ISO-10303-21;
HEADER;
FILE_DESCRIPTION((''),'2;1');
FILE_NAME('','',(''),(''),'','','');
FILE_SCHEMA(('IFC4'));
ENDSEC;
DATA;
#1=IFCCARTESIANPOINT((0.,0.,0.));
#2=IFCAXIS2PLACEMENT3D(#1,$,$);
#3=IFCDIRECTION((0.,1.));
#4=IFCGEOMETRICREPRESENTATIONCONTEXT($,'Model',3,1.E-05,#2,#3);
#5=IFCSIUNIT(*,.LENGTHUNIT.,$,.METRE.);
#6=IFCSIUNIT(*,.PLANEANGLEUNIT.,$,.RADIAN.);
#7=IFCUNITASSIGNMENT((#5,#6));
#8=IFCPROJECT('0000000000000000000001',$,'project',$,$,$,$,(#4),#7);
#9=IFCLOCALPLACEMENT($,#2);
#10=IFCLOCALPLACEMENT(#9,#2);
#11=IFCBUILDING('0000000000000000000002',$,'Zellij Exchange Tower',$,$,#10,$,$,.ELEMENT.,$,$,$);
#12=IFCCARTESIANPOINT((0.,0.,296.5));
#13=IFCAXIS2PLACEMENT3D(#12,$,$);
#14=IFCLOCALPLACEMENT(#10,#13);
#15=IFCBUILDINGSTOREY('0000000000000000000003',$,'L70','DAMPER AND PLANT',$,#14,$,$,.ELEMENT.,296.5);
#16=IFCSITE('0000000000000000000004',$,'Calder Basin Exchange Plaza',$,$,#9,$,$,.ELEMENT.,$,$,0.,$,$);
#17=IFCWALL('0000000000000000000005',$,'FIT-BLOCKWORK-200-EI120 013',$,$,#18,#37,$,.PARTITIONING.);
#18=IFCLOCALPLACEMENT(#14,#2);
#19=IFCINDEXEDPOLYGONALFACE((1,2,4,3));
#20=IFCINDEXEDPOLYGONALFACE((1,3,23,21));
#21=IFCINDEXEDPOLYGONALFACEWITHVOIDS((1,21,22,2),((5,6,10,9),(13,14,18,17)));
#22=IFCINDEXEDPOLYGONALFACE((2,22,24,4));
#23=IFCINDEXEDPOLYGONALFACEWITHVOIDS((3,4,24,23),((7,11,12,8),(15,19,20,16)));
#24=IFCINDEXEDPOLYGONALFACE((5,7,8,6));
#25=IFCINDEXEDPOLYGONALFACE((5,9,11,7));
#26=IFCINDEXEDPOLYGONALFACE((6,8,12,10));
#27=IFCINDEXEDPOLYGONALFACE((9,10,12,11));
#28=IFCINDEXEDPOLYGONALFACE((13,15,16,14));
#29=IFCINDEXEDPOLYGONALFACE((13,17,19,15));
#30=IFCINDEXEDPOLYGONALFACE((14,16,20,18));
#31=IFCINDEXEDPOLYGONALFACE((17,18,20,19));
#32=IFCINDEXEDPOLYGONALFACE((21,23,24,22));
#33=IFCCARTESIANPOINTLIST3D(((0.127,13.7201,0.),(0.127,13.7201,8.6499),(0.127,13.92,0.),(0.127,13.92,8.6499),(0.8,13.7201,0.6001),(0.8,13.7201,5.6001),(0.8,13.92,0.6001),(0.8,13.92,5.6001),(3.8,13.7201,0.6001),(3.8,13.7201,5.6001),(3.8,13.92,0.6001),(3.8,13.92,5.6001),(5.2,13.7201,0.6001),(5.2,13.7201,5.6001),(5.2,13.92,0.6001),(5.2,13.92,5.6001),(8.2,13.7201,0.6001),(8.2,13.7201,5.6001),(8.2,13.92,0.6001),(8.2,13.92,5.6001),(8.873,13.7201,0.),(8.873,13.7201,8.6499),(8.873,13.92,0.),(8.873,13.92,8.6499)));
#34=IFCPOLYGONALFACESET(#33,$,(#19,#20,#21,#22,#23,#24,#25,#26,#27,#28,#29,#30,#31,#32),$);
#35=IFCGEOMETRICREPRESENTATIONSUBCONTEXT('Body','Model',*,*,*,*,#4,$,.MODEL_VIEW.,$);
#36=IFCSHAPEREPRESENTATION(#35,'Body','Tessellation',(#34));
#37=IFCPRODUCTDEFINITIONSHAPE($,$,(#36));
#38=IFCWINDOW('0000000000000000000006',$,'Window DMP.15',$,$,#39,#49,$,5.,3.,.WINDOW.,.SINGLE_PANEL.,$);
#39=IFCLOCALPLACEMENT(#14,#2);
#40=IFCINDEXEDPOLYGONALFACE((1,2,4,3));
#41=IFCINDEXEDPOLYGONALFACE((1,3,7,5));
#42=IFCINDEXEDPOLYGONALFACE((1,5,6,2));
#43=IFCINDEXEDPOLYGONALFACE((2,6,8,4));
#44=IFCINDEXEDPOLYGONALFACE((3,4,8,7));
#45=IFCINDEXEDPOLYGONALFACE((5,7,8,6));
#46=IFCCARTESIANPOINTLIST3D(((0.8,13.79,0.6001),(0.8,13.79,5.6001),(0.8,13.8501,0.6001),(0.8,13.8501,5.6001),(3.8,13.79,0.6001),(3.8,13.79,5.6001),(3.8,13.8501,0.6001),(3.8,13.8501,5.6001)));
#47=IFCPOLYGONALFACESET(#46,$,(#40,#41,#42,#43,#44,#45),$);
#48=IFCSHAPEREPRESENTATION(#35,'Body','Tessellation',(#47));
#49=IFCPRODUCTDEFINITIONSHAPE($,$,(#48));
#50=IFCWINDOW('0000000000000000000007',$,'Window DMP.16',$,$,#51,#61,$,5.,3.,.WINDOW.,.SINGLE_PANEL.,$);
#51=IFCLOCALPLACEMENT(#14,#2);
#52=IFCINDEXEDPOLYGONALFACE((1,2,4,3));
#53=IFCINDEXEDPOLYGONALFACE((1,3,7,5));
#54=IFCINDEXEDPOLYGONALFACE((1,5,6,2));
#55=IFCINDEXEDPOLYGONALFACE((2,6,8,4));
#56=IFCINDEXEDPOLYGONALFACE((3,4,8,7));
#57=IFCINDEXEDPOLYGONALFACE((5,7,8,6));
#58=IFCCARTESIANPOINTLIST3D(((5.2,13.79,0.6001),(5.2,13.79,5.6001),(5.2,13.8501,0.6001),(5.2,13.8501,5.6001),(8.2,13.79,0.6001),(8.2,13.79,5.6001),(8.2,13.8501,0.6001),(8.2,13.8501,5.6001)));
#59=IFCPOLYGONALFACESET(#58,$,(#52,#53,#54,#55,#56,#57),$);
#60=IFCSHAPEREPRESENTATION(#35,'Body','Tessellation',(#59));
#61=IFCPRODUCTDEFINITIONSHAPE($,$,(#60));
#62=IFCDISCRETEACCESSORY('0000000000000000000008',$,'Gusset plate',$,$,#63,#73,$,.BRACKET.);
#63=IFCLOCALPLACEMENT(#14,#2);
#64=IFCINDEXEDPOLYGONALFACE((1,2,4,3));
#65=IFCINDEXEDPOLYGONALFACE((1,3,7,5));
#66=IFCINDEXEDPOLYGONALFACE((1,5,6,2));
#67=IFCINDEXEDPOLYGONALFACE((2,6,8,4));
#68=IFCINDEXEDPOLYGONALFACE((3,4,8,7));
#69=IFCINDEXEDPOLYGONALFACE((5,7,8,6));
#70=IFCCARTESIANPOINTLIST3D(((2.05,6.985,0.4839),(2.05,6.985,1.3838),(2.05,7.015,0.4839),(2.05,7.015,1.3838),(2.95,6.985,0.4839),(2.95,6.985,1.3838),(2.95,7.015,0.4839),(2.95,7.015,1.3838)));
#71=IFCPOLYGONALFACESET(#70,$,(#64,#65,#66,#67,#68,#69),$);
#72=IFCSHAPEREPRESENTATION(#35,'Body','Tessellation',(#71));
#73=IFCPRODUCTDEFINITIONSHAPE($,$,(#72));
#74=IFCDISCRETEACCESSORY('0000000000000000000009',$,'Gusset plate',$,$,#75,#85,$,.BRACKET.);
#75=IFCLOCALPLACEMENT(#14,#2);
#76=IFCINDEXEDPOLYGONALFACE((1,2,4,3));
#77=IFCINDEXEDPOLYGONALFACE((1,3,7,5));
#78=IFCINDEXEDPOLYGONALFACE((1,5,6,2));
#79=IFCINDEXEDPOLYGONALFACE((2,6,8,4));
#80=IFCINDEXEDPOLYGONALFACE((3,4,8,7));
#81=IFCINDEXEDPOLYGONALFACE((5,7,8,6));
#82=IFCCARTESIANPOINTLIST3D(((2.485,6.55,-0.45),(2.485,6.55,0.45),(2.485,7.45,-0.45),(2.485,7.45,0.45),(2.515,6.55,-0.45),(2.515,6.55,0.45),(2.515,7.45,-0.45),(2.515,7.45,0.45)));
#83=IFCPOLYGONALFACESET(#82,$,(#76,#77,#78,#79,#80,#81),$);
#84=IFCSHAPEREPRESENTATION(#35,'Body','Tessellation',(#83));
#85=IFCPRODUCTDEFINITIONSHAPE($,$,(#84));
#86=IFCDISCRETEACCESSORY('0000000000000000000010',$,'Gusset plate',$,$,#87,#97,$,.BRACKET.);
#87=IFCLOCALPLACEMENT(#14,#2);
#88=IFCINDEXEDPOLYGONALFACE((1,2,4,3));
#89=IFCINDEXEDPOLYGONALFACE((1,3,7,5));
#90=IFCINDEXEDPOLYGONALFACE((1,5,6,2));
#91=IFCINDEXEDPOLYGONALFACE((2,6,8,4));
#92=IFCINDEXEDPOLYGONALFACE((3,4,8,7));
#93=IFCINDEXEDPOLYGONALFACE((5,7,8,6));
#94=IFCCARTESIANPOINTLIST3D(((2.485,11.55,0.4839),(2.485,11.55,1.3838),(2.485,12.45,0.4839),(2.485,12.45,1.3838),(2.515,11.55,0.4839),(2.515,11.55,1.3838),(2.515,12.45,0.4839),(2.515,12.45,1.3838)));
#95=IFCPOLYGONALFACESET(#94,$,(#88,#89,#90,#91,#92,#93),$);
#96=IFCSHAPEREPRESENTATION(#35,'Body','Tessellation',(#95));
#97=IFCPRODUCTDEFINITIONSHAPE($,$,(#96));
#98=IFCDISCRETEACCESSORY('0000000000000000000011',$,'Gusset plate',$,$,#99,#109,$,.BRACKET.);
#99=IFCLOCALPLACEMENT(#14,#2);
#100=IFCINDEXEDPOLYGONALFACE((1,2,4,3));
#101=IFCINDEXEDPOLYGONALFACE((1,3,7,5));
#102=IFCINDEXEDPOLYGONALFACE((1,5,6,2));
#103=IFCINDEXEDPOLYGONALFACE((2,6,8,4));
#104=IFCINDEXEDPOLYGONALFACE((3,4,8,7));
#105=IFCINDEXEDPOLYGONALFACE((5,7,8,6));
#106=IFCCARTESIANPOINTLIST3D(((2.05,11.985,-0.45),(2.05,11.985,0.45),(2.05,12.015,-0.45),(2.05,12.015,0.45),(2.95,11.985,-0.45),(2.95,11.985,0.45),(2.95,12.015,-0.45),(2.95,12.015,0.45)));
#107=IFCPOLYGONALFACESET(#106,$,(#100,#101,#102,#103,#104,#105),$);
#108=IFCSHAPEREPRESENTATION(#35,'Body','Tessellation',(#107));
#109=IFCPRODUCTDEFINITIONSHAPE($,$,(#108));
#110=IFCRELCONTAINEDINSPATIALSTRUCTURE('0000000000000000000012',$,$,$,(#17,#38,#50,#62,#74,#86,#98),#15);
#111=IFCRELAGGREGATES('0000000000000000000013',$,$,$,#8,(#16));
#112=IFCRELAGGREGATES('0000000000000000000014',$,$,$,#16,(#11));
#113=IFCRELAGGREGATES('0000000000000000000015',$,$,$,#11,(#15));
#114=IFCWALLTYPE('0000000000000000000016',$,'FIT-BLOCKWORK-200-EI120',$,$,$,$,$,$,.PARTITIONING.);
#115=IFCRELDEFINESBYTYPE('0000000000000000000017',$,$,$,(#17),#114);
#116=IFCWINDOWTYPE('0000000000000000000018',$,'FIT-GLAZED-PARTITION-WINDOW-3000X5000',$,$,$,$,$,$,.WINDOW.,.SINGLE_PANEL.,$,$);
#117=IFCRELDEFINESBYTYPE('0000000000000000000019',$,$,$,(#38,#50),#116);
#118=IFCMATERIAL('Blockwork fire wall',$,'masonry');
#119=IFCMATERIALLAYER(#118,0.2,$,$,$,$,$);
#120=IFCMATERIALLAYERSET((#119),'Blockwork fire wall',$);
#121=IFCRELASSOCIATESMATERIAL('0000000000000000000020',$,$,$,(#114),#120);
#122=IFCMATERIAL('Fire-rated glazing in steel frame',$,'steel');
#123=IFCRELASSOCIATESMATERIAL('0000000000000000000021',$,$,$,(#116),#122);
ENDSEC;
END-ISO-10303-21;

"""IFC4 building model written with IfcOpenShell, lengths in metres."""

from ifc_helpers import new_model, si_unit, direction, frame, frame_2d, origin, origin_2d, place, context, subcontext, project, spatial, rectangle, extrude, material, layer, layer_set, type_object, element, fill, save


model = new_model("IFC4")

# Units and contexts
model_context = context("Model", 3, precision=1e-05, world=origin(), true_north=direction((0.0, 1.0)))
body_context = subcontext(model_context, "Body", "Model", "MODEL_VIEW")
ifc_project = project(units=[si_unit("LENGTHUNIT", "METRE"), si_unit("PLANEANGLEUNIT", "RADIAN")], contexts=[model_context])

# Site, building, storey
site_placement = place(None, origin())
site = spatial("IfcSite", under=ifc_project, at=site_placement, Name="Calder Basin Exchange Plaza", CompositionType="ELEMENT", RefElevation=0.0)
building_placement = place(site_placement, origin())
building = spatial("IfcBuilding", under=site, at=building_placement, Name="Zellij Exchange Tower", CompositionType="ELEMENT")
storey_placement = place(building_placement, frame((0.0, 0.0, 296.5)))
storey = spatial("IfcBuildingStorey", under=building, at=storey_placement, Name="L70", Description="DAMPER AND PLANT", CompositionType="ELEMENT", Elevation=296.5)

# Shared definitions
ifc_material_1 = material(Name="Blockwork fire wall", Category="masonry")
ifc_layer = layer(ifc_material_1, 0.2)
ifc_layer_set = layer_set([ifc_layer], Name="Blockwork fire wall")
wall_type = type_object("IfcWallType", Name="FIT-BLOCKWORK-200-EI120", PredefinedType="PARTITIONING", material=ifc_layer_set)

# Wall, openings, windows
wall_1_placement = place(storey_placement, frame((0.127, 13.8201, 0.0), z_axis=(0.0, 0.0, 1.0), x_axis=(1.0, 0.0, 0.0)))
wall_1 = element("IfcWall", 1, at=wall_1_placement, inside=storey, type_object=wall_type, Name="FIT-BLOCKWORK-200-EI120 013", PredefinedType="PARTITIONING", context=body_context, shape_type="SweptSolid", body=[
    extrude(rectangle(XDim=8.7461, YDim=0.2, at=frame_2d((4.373, 0.0))), origin(), (0.0, 0.0, 1.0), 8.6499),
])
opening_1_placement = place(wall_1_placement, frame((0.6731, 0.0, 0.6001)))
opening_1 = element("IfcOpeningElement", 2, at=opening_1_placement, cuts=wall_1, PredefinedType="OPENING", context=body_context, shape_type="SweptSolid", body=[
    extrude(rectangle(XDim=3.0, YDim=5.0, at=frame_2d((1.5, 2.5))), frame((0.0, 0.1118, 0.0), z_axis=(0.0, -1.0, 0.0), x_axis=(1.0, 0.0, 0.0)), (0.0, 0.0, 1.0), 0.2239),
])
opening_2_placement = place(wall_1_placement, frame((5.073, 0.0, 0.6001)))
opening_2 = element("IfcOpeningElement", 3, at=opening_2_placement, cuts=wall_1, PredefinedType="OPENING", context=body_context, shape_type="SweptSolid", body=[
    extrude(rectangle(XDim=3.0, YDim=5.0, at=frame_2d((1.5, 2.5))), frame((0.0, 0.1118, 0.0), z_axis=(0.0, -1.0, 0.0), x_axis=(1.0, 0.0, 0.0)), (0.0, 0.0, 1.0), 0.2239),
])
ifc_material_2 = material(Name="Fire-rated glazing in steel frame", Category="steel")
window_type = type_object("IfcWindowType", Name="FIT-GLAZED-PARTITION-WINDOW-3000X5000", PartitioningType="SINGLE_PANEL", PredefinedType="WINDOW", material=ifc_material_2)
window_1_placement = place(opening_1_placement, origin())
window_1 = element("IfcWindow", 4, at=window_1_placement, inside=storey, type_object=window_type, Name="Window DMP.15", OverallHeight=5.0, OverallWidth=3.0, PartitioningType="SINGLE_PANEL", PredefinedType="WINDOW", context=body_context, shape_type="SweptSolid", body=[
    extrude(rectangle(XDim=3.0, YDim=5.0, at=frame_2d((1.5, 2.5))), frame((0.0, 0.03, 0.0), z_axis=(0.0, -1.0, 0.0), x_axis=(1.0, 0.0, 0.0)), (0.0, 0.0, 1.0), 0.0601),
])
fill(opening_1, window_1)
window_2_placement = place(opening_2_placement, origin())
window_2 = element("IfcWindow", 5, at=window_2_placement, inside=storey, type_object=window_type, Name="Window DMP.16", OverallHeight=5.0, OverallWidth=3.0, PartitioningType="SINGLE_PANEL", PredefinedType="WINDOW", context=body_context, shape_type="SweptSolid", body=[
    extrude(rectangle(XDim=3.0, YDim=5.0, at=frame_2d((1.5, 2.5))), frame((0.0, 0.03, 0.0), z_axis=(0.0, -1.0, 0.0), x_axis=(1.0, 0.0, 0.0)), (0.0, 0.0, 1.0), 0.0601),
])
fill(opening_2, window_2)

# Discrete accessories
for number, where, z_axis, x_axis, name in (
    (6, (2.5, 7.0, 0.4839), (0.0, 0.0, 1.0), (1.0, 0.0, 0.0), "Gusset plate"),
    (7, (2.5, 7.0, -0.45), (0.0, 0.0, 1.0), (0.0, 1.0, 0.0), "Gusset plate"),
    (8, (2.5, 12.0, 0.4839), (0.0, 0.0, 1.0), (0.0, 1.0, 0.0), "Gusset plate"),
    (9, (2.5, 12.0, -0.45), (0.0, 0.0, 1.0), (-1.0, 0.0, 0.0), "Gusset plate"),
):
    element("IfcDiscreteAccessory", number, at=place(storey_placement, frame(where, z_axis=z_axis, x_axis=x_axis)), inside=storey, Name=name, PredefinedType="BRACKET", context=body_context, shape_type="SweptSolid", body=[
        extrude(rectangle(XDim=0.8999, YDim=0.03, at=origin_2d()), origin(), (0.0, 0.0, 1.0), 0.8999),
    ])

save(model, "model.ifc")
